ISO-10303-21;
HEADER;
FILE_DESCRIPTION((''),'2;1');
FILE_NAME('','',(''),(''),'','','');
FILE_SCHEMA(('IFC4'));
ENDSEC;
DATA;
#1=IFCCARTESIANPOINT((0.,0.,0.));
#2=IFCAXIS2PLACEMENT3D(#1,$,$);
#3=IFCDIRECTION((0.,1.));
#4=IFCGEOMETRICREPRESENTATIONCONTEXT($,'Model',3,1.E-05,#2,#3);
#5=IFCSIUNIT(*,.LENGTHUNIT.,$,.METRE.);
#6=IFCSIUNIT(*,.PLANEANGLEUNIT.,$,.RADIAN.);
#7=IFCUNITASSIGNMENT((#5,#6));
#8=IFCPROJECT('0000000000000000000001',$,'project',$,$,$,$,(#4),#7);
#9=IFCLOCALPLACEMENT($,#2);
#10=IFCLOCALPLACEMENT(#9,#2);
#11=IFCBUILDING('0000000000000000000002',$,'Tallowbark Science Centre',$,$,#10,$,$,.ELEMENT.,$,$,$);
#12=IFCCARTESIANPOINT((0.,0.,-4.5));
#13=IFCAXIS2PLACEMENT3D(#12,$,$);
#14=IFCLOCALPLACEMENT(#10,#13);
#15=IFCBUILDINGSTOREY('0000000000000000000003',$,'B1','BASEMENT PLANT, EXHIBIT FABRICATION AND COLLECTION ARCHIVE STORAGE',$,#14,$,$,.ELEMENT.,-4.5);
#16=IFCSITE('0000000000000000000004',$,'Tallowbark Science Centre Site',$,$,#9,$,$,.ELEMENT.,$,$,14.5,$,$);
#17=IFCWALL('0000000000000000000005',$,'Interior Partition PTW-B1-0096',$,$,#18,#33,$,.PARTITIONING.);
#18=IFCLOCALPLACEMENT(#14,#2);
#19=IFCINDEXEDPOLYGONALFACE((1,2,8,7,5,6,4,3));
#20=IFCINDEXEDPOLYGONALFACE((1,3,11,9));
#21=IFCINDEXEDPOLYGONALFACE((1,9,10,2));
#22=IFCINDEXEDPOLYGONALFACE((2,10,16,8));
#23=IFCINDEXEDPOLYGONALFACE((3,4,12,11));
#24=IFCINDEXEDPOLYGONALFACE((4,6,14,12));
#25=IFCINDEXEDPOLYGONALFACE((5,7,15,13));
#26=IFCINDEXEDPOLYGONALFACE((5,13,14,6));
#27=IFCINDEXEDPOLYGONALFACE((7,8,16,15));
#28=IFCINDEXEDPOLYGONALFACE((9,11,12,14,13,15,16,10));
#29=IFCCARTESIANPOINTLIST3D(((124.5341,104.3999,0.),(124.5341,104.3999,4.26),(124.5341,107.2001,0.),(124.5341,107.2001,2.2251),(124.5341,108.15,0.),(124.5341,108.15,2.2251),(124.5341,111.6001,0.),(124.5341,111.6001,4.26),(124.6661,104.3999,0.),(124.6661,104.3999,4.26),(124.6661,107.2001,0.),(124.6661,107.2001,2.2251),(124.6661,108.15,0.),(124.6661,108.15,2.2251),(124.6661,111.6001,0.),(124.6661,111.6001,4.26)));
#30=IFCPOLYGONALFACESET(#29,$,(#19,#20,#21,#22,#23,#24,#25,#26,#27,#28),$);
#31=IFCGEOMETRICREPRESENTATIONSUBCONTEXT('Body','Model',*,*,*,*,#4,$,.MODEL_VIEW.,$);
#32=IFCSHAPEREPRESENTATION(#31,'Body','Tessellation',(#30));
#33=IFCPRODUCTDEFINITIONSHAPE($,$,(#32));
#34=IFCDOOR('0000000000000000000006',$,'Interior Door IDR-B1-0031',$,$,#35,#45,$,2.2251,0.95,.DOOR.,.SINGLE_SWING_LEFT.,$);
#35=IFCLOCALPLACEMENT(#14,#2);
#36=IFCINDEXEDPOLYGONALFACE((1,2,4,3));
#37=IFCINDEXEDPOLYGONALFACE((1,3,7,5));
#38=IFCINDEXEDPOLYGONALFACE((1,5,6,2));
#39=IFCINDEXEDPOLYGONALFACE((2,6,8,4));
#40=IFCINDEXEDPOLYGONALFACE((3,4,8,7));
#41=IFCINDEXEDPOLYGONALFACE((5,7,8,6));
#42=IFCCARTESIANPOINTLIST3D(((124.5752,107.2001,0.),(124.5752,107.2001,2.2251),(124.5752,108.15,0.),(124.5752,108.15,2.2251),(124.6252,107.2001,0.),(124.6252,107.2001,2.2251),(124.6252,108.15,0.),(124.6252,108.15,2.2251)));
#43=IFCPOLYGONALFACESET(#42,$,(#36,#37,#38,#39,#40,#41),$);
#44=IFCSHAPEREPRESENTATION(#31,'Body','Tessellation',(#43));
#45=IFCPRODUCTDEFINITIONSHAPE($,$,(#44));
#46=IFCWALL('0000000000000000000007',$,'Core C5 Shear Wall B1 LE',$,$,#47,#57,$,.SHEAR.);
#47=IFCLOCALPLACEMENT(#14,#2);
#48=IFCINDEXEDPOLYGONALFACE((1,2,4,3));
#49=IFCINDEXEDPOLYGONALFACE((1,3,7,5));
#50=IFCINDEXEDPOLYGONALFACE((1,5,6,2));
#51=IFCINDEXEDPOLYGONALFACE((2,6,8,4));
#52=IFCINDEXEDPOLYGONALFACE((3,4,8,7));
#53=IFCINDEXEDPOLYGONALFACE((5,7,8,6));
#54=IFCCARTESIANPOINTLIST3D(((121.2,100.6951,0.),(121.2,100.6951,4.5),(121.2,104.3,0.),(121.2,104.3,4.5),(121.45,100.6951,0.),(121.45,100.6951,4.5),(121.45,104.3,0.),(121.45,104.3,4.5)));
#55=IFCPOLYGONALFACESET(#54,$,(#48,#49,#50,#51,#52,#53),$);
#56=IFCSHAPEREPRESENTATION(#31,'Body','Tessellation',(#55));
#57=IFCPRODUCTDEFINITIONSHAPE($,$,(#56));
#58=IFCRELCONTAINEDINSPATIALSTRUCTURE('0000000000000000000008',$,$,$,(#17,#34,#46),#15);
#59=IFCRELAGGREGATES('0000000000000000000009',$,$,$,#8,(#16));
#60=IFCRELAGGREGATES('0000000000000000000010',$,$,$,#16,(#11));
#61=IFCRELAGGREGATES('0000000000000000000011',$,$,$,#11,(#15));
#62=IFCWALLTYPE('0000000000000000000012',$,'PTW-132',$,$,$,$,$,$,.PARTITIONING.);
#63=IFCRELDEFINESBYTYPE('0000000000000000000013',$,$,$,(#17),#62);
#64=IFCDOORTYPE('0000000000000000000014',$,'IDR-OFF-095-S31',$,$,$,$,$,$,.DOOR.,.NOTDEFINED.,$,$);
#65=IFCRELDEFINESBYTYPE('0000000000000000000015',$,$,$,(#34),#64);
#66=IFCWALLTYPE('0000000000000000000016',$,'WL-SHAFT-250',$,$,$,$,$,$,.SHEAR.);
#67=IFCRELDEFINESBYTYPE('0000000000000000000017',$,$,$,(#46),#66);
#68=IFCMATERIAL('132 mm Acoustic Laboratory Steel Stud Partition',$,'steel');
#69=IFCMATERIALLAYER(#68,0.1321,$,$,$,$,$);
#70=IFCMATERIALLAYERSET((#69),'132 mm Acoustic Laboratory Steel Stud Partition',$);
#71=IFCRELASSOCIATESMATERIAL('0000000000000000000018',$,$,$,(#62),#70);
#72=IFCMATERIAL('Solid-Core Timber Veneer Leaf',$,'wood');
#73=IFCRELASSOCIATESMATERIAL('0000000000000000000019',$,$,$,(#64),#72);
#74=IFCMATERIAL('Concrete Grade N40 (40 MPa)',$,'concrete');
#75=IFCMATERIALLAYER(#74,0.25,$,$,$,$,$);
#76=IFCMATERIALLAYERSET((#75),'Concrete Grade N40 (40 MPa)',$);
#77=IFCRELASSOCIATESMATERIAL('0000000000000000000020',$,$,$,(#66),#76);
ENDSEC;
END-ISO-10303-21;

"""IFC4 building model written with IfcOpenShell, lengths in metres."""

from ifc_helpers import new_model, si_unit, direction, frame, frame_2d, origin, place, context, subcontext, project, spatial, rectangle, extrude, material, layer, layer_set, type_object, element, fill, save


model = new_model("IFC4")

# Units and contexts
model_context = context("Model", 3, precision=1e-05, world=origin(), true_north=direction((0.0, 1.0)))
body_context = subcontext(model_context, "Body", "Model", "MODEL_VIEW")
ifc_project = project(units=[si_unit("LENGTHUNIT", "METRE"), si_unit("PLANEANGLEUNIT", "RADIAN")], contexts=[model_context])

# Site, building, storey
site_placement = place(None, origin())
site = spatial("IfcSite", under=ifc_project, at=site_placement, Name="Tallowbark Science Centre Site", CompositionType="ELEMENT", RefElevation=14.5)
building_placement = place(site_placement, origin())
building = spatial("IfcBuilding", under=site, at=building_placement, Name="Tallowbark Science Centre", CompositionType="ELEMENT")
storey_placement = place(building_placement, frame((0.0, 0.0, -4.5)))
storey = spatial("IfcBuildingStorey", under=building, at=storey_placement, Name="B1", Description="BASEMENT PLANT, EXHIBIT FABRICATION AND COLLECTION ARCHIVE STORAGE", CompositionType="ELEMENT", Elevation=-4.5)

# Shared definitions
ifc_material_1 = material(Name="Concrete Grade N40 (40 MPa)", Category="concrete")

# Wall, opening, door
ifc_material_2 = material(Name="132 mm Acoustic Laboratory Steel Stud Partition", Category="steel")
ifc_layer_1 = layer(ifc_material_2, 0.1321)
ifc_layer_set_1 = layer_set([ifc_layer_1], Name="132 mm Acoustic Laboratory Steel Stud Partition")
wall_type_1 = type_object("IfcWallType", Name="PTW-132", PredefinedType="PARTITIONING", material=ifc_layer_set_1)
wall_1_placement = place(storey_placement, frame((124.6001, 104.3999, 0.0), z_axis=(0.0, 0.0, 1.0), x_axis=(0.0, 1.0, 0.0)))
wall_1 = element("IfcWall", 1, at=wall_1_placement, inside=storey, type_object=wall_type_1, Name="Interior Partition PTW-B1-0096", PredefinedType="PARTITIONING", context=body_context, shape_type="SweptSolid", body=[
    extrude(rectangle(XDim=7.2002, YDim=0.1321, at=frame_2d((3.6001, 0.0))), origin(), (0.0, 0.0, 1.0), 4.26),
])
opening_placement = place(wall_1_placement, frame((2.8, 0.0, 0.0)))
opening = element("IfcOpeningElement", 2, at=opening_placement, cuts=wall_1, PredefinedType="OPENING", context=body_context, shape_type="SweptSolid", body=[
    extrude(rectangle(XDim=0.95, YDim=2.2251, at=frame_2d((0.4751, 1.1125))), frame((0.0, 0.0762, 0.0), z_axis=(0.0, -1.0, 0.0), x_axis=(1.0, 0.0, 0.0)), (0.0, 0.0, 1.0), 0.1521),
])
ifc_material_3 = material(Name="Solid-Core Timber Veneer Leaf", Category="wood")
door_type = type_object("IfcDoorType", Name="IDR-OFF-095-S31", OperationType="NOTDEFINED", PredefinedType="DOOR", material=ifc_material_3)
door_placement = place(opening_placement, origin())
door = element("IfcDoor", 3, at=door_placement, inside=storey, type_object=door_type, Name="Interior Door IDR-B1-0031", OperationType="SINGLE_SWING_LEFT", OverallHeight=2.2251, OverallWidth=0.95, PredefinedType="DOOR", context=body_context, shape_type="SweptSolid", body=[
    extrude(rectangle(XDim=0.95, YDim=2.2251, at=frame_2d((0.4751, 1.1125))), frame((0.0, 0.0249, 0.0), z_axis=(0.0, -1.0, 0.0), x_axis=(1.0, 0.0, 0.0)), (0.0, 0.0, 1.0), 0.05),
])
fill(opening, door)

# Wall
ifc_layer_2 = layer(ifc_material_1, 0.25)
ifc_layer_set_2 = layer_set([ifc_layer_2], Name="Concrete Grade N40 (40 MPa)")
wall_type_2 = type_object("IfcWallType", Name="WL-SHAFT-250", PredefinedType="SHEAR", material=ifc_layer_set_2)
wall_2_placement = place(storey_placement, frame((121.325, 100.6951, 0.0), z_axis=(0.0, 0.0, 1.0), x_axis=(0.0, 1.0, 0.0)))
element("IfcWall", 4, at=wall_2_placement, inside=storey, type_object=wall_type_2, Name="Core C5 Shear Wall B1 LE", PredefinedType="SHEAR", context=body_context, shape_type="SweptSolid", body=[
    extrude(rectangle(XDim=3.605, YDim=0.25, at=frame_2d((1.8025, 0.0))), origin(), (0.0, 0.0, 1.0), 4.5),
])

save(model, "model.ifc")
